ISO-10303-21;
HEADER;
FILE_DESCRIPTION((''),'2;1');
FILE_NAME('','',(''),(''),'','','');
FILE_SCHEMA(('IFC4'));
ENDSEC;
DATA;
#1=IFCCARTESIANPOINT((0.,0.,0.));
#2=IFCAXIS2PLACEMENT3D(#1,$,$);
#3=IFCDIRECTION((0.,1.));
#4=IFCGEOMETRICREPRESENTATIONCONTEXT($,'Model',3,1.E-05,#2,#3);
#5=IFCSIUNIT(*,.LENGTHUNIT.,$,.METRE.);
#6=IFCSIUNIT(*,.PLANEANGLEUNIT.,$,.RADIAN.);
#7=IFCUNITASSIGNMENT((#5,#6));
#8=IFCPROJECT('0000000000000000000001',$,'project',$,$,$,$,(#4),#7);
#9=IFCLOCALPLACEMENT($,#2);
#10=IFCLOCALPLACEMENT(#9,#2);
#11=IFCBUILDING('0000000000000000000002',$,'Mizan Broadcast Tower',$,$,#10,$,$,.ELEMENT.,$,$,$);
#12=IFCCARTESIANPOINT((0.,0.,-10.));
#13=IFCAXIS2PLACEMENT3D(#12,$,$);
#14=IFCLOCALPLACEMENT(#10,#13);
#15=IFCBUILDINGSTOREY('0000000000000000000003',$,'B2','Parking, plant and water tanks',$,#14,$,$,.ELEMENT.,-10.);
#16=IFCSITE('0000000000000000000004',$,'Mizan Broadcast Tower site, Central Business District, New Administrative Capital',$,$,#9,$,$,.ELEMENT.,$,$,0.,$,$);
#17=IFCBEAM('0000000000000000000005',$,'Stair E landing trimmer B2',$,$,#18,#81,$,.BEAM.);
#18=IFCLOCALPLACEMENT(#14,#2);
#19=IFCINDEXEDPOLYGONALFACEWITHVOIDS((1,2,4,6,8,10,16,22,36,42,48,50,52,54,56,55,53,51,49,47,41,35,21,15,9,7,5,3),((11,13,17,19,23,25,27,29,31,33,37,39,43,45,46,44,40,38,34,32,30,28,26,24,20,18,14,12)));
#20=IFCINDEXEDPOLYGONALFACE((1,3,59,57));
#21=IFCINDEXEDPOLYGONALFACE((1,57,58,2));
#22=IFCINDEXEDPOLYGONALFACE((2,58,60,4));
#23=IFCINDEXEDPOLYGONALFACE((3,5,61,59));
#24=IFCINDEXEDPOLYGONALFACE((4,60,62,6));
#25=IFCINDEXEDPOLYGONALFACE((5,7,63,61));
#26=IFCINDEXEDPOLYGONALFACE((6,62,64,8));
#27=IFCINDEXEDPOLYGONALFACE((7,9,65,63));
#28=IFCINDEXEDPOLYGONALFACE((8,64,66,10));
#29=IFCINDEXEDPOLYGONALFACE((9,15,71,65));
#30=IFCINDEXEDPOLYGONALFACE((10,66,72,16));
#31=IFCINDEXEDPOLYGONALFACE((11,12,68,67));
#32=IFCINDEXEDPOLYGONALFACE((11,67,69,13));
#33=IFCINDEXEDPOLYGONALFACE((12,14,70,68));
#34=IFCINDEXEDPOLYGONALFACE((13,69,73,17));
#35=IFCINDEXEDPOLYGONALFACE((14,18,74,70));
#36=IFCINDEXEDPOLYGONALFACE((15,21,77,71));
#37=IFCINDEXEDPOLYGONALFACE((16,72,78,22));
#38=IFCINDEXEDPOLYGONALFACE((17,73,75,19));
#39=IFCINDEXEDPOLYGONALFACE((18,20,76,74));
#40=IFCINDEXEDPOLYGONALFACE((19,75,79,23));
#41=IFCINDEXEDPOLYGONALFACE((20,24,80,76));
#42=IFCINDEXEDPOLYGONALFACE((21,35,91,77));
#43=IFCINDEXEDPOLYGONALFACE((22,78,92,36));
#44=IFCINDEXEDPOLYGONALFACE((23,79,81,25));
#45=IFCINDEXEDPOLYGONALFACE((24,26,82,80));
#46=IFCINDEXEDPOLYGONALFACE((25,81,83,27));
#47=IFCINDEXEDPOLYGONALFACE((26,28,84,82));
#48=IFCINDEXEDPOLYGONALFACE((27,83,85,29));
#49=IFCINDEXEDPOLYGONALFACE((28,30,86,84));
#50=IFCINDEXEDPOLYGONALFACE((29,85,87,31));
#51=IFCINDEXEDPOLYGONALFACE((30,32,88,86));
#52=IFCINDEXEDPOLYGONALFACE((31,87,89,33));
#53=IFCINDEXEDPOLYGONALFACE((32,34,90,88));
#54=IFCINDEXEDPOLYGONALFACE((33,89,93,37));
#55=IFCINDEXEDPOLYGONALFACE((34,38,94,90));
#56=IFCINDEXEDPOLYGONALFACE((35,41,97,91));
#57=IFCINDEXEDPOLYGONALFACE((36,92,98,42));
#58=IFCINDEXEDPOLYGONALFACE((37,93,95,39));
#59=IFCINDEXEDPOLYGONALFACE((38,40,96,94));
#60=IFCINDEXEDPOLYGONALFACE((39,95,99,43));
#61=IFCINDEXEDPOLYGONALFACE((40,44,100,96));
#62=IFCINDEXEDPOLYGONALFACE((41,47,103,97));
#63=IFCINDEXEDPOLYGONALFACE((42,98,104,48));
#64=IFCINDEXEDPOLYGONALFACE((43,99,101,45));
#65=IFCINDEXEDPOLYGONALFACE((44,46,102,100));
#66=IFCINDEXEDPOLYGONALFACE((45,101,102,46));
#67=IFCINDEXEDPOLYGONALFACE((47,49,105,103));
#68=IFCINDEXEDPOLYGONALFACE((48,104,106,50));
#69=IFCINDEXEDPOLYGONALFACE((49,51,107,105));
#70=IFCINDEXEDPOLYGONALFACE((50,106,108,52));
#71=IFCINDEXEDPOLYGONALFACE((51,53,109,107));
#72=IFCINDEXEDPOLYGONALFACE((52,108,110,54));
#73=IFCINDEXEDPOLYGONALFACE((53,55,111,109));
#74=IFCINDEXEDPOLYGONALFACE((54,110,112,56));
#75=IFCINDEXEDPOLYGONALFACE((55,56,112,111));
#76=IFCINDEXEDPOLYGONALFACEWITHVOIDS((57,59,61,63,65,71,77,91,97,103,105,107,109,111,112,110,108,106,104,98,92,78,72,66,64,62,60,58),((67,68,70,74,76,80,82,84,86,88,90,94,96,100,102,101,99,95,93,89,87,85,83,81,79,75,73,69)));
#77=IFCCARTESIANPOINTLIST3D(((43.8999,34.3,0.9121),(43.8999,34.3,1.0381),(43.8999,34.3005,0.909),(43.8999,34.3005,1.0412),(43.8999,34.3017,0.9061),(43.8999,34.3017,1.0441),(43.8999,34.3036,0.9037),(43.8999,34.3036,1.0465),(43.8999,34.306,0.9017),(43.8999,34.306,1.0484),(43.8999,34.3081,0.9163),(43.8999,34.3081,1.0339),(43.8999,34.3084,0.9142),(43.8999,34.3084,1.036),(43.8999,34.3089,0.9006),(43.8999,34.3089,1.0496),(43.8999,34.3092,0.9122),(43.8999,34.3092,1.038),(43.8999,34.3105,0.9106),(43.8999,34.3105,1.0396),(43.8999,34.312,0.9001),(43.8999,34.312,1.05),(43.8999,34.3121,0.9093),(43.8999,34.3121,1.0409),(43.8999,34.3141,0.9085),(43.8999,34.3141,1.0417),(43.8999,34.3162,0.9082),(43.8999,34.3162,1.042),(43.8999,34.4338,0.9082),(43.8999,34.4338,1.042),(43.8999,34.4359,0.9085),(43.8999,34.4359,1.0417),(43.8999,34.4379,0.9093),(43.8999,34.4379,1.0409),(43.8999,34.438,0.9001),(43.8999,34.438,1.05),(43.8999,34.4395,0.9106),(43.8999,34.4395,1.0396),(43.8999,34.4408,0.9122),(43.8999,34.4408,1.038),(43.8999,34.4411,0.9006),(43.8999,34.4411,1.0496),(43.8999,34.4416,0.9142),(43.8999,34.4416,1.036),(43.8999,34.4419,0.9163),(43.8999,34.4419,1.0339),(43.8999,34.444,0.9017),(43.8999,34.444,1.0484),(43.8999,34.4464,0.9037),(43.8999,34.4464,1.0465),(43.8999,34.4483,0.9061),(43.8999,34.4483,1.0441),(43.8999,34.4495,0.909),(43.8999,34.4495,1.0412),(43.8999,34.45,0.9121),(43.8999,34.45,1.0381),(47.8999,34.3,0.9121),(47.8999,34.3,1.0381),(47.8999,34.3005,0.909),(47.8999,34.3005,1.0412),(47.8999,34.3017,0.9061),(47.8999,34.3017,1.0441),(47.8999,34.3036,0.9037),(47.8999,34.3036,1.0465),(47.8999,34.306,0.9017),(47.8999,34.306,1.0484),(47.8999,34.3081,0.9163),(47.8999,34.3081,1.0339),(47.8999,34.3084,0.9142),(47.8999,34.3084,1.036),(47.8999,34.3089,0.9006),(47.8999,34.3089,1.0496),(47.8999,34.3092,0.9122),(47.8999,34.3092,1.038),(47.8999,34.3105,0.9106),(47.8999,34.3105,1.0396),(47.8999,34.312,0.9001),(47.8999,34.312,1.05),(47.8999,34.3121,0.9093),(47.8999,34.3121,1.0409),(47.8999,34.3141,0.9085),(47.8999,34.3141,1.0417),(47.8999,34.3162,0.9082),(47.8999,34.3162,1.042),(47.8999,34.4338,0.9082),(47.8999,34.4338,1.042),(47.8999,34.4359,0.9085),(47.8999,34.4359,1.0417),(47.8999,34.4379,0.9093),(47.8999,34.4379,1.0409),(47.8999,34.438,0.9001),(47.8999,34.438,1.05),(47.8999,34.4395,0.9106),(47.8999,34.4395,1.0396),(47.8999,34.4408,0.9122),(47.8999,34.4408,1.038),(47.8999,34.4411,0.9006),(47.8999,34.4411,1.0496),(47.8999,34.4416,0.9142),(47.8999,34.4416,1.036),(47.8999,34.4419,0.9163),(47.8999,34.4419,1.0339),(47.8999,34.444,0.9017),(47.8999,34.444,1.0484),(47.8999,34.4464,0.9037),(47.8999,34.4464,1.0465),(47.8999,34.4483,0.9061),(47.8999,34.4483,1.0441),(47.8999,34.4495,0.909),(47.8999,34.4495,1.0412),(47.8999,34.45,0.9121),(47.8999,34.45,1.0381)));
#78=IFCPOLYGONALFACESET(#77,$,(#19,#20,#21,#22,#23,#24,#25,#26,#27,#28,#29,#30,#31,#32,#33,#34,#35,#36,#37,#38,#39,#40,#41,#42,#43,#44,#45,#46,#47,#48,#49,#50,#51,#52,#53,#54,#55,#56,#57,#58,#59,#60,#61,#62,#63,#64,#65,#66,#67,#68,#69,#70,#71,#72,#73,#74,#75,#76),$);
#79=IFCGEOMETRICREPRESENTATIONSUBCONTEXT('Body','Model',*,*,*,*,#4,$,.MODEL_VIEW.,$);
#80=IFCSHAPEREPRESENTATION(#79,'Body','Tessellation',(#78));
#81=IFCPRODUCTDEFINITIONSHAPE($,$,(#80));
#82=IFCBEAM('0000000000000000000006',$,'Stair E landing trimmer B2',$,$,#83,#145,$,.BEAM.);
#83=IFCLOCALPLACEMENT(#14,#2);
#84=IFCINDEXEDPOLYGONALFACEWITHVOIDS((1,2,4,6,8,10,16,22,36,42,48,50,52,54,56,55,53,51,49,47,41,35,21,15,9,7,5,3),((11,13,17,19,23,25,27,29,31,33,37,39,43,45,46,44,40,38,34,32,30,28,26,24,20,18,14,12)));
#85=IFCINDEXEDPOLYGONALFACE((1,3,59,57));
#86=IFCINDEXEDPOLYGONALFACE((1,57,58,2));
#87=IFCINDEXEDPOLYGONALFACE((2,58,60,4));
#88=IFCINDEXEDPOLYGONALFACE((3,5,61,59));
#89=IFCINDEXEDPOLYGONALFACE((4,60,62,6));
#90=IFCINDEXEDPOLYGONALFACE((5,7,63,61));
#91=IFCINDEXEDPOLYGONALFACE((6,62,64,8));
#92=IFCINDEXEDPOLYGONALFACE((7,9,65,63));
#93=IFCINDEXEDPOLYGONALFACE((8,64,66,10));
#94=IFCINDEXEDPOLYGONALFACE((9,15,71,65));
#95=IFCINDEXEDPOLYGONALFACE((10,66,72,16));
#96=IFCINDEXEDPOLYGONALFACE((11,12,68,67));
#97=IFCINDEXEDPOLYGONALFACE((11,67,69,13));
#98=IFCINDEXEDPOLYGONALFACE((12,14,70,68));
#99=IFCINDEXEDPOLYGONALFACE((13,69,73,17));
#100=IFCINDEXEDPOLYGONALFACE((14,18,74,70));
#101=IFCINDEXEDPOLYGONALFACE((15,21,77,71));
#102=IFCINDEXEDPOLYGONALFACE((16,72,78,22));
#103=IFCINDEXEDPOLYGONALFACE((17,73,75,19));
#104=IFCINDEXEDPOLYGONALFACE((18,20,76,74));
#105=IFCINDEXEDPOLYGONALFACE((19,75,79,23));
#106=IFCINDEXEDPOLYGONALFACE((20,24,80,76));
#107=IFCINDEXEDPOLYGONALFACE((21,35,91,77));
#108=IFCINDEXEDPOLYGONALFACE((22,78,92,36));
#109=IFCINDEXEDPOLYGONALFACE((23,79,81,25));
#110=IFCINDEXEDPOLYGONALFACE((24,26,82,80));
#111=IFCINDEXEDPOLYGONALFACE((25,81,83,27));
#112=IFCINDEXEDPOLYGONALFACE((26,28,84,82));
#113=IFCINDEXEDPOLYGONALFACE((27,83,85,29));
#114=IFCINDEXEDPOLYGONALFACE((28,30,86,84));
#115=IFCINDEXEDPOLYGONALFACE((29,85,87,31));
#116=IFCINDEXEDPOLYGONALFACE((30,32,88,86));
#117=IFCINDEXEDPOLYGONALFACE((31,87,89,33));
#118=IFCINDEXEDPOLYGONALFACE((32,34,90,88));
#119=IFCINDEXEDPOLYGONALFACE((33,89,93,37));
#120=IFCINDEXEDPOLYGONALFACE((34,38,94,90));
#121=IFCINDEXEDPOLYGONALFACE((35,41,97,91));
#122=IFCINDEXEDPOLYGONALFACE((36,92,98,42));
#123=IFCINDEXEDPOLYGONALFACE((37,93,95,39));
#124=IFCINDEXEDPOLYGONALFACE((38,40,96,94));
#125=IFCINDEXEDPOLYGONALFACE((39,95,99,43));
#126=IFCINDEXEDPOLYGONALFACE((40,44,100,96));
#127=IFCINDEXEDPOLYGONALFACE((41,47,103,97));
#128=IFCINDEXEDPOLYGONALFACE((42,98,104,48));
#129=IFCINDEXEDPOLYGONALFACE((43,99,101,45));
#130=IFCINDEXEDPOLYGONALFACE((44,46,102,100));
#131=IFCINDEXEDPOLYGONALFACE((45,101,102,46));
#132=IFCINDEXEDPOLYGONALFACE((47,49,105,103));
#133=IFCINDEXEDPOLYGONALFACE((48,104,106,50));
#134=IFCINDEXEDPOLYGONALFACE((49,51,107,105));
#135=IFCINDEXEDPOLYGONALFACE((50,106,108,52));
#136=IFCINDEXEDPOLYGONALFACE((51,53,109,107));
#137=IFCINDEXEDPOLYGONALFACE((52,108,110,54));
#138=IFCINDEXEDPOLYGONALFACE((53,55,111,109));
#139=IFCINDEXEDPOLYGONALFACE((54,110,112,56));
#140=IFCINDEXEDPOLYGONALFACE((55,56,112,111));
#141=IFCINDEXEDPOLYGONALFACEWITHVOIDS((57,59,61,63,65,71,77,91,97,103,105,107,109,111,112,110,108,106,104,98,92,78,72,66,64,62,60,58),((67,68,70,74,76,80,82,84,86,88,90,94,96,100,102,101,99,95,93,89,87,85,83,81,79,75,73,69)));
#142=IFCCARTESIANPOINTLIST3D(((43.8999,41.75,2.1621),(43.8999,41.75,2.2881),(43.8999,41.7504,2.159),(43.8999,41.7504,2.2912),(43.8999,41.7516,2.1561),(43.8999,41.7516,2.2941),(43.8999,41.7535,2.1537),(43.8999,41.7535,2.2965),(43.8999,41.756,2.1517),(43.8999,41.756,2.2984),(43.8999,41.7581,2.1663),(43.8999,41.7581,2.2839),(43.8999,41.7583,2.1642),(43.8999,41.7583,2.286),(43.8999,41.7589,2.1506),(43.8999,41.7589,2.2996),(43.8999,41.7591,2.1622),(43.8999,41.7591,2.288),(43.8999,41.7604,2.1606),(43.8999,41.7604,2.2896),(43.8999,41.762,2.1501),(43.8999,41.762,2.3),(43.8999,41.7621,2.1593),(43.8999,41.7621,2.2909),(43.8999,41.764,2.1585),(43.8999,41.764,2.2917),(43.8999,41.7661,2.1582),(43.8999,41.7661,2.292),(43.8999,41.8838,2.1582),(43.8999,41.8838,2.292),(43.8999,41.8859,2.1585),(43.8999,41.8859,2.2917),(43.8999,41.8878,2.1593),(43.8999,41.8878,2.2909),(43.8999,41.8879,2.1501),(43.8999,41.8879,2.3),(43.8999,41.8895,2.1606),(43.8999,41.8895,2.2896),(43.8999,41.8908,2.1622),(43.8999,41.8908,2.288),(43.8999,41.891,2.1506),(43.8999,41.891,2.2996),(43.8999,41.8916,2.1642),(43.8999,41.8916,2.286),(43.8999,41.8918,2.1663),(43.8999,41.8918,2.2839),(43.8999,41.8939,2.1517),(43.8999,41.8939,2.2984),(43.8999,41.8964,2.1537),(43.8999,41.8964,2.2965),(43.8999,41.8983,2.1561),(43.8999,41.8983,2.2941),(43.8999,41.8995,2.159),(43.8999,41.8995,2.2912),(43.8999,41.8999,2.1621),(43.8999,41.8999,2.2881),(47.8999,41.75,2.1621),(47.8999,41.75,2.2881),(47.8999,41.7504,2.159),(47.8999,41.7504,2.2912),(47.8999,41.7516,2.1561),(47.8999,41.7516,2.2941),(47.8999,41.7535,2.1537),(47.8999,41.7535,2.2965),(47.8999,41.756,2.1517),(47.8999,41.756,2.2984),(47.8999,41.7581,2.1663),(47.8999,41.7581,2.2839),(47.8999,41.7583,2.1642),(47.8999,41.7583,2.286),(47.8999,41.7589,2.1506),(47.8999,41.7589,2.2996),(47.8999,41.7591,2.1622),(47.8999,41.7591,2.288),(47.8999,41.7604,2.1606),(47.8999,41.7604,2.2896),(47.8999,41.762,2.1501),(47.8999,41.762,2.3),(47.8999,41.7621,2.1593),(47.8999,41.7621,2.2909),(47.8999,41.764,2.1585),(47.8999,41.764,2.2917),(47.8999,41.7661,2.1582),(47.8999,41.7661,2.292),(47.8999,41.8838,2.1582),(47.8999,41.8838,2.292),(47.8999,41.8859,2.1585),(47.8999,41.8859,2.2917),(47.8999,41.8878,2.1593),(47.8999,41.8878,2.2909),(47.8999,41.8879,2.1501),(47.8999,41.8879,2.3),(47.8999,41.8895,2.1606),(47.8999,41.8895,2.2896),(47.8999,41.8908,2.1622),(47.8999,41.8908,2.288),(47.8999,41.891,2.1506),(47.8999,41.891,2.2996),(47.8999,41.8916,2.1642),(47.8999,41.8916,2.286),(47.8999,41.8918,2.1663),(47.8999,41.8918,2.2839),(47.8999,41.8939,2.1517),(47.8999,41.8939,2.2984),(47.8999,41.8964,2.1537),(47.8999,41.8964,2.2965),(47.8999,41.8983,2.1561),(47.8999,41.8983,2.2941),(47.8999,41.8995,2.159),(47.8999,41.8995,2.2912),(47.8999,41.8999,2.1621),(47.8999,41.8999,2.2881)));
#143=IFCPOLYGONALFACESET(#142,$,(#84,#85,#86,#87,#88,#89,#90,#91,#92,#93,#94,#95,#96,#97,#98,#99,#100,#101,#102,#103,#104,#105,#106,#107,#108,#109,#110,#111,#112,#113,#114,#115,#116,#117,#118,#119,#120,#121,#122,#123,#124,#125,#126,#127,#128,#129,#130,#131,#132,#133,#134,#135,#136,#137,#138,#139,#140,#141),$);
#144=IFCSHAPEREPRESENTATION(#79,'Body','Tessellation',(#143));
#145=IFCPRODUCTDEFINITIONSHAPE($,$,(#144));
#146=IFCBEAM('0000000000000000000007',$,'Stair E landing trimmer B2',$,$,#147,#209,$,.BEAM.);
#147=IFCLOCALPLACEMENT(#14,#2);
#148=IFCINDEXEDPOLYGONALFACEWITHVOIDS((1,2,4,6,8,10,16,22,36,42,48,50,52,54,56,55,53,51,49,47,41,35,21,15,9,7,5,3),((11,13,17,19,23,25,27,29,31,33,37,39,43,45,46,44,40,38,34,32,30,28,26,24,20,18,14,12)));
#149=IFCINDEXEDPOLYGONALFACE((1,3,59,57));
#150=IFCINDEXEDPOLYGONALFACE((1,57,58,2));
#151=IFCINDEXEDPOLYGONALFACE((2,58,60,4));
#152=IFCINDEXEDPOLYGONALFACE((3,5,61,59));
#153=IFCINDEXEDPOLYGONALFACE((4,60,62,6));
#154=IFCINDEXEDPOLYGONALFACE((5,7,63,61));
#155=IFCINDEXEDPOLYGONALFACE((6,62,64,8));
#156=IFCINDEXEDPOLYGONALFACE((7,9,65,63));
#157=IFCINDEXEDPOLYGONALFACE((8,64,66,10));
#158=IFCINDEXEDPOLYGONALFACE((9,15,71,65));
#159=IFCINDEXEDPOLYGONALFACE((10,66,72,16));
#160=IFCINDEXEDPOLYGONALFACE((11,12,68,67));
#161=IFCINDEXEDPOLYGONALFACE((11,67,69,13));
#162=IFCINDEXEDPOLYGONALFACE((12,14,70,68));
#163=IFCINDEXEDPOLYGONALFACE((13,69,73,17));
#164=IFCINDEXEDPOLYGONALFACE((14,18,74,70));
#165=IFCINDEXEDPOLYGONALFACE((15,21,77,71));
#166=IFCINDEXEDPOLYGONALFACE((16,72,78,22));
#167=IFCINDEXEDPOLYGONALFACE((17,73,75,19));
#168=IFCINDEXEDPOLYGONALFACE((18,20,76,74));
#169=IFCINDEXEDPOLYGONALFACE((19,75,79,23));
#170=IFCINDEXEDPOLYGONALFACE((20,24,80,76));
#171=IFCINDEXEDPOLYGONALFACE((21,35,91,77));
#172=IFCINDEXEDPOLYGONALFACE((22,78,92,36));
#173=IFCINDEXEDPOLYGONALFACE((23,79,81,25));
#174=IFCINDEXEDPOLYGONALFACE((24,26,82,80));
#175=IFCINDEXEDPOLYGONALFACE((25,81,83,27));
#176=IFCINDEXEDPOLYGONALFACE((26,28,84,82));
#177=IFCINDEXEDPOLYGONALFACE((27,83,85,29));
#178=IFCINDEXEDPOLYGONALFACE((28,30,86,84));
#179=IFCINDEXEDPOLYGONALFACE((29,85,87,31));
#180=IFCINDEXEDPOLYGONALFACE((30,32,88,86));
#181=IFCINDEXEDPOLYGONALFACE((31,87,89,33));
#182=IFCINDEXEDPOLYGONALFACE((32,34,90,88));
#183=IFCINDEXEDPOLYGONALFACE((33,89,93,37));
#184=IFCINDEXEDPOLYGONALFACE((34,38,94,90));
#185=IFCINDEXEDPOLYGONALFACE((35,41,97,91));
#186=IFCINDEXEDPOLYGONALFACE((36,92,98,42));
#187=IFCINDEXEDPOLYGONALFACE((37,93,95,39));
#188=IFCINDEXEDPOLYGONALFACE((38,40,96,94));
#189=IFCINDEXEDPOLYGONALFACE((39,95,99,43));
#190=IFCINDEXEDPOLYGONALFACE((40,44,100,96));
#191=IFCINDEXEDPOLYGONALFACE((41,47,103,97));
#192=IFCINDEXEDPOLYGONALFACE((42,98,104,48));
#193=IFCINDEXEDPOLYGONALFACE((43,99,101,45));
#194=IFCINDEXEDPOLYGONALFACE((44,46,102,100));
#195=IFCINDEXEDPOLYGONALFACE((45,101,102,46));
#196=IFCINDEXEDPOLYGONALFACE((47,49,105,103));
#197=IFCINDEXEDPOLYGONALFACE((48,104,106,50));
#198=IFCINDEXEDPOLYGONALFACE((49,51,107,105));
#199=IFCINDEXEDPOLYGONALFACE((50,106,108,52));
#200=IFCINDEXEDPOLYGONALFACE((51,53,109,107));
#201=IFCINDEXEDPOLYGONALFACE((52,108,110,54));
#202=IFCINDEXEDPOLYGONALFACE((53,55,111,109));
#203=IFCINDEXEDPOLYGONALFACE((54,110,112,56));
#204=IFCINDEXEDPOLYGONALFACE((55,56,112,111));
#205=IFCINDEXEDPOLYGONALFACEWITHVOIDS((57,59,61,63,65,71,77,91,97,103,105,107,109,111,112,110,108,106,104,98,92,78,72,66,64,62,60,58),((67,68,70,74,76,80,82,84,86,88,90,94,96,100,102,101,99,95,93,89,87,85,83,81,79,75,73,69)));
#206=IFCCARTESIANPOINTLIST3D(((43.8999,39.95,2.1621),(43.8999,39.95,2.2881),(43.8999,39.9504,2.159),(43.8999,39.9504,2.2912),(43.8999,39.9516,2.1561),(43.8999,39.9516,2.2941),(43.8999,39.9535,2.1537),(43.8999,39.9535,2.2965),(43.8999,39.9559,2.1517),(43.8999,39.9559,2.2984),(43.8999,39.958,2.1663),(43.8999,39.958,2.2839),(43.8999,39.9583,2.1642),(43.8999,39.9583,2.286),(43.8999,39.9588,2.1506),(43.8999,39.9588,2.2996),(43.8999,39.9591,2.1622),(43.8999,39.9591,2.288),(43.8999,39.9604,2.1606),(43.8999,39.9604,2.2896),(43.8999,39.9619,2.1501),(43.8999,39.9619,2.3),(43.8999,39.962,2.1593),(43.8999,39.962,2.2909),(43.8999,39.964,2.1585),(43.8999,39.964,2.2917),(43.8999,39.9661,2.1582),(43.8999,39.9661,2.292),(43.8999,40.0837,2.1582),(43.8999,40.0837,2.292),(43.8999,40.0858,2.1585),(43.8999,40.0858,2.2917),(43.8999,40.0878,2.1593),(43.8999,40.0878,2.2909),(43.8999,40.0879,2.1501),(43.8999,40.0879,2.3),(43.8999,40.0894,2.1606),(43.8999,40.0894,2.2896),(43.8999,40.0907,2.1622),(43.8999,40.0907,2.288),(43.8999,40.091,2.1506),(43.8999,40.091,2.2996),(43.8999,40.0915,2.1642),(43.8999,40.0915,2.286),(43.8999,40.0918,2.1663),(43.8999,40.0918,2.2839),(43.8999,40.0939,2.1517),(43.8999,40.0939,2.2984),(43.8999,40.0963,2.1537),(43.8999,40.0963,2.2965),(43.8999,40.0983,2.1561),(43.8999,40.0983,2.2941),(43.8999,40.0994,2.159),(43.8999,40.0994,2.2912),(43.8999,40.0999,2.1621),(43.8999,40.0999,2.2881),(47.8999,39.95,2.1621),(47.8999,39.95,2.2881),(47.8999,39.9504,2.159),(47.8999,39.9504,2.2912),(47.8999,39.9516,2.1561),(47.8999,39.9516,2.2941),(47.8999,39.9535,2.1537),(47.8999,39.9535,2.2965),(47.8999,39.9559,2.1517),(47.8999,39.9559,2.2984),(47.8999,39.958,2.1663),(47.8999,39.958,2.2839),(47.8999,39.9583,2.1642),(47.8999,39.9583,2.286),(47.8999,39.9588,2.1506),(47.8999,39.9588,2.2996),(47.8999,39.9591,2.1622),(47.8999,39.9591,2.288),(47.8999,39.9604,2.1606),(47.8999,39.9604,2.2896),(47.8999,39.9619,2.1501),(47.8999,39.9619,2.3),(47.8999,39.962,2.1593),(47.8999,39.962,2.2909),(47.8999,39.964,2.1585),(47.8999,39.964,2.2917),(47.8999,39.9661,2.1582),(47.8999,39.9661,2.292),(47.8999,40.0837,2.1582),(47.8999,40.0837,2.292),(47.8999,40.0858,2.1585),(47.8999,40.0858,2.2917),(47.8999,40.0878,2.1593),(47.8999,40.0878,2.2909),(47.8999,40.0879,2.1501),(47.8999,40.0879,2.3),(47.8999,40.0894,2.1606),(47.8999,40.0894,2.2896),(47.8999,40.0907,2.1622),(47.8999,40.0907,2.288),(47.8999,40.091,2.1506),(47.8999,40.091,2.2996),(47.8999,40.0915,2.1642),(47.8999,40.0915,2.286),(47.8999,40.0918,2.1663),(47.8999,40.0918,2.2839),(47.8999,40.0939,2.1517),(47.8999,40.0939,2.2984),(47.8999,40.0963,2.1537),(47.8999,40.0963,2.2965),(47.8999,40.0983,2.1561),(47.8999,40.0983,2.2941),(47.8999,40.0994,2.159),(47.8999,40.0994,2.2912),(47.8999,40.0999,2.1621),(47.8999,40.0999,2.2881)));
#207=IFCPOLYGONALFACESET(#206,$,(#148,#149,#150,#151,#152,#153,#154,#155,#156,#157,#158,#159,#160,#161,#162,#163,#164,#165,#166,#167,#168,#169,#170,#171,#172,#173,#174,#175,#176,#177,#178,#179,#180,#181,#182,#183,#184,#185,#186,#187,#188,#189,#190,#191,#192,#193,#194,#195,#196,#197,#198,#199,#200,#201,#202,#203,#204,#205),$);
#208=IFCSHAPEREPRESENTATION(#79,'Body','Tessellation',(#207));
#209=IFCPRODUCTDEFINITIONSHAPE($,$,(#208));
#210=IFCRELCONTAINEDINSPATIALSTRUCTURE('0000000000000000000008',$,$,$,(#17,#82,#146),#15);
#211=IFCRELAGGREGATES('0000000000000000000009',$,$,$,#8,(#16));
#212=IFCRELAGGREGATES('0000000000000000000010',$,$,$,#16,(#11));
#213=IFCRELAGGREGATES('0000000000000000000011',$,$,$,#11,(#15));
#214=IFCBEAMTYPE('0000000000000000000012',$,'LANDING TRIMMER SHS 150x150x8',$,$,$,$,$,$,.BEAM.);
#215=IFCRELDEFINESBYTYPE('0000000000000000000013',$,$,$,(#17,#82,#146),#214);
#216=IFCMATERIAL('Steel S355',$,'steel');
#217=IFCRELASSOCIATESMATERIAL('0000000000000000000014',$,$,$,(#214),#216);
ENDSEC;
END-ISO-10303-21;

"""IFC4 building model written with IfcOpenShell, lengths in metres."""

from ifc_helpers import new_model, si_unit, direction, frame, origin, origin_2d, place, context, subcontext, project, spatial, hollow_rectangle, extrude, material, material_profile, profile_set, type_object, element, save


model = new_model("IFC4")

# Units and contexts
model_context = context("Model", 3, precision=1e-05, world=origin(), true_north=direction((0.0, 1.0)))
body_context = subcontext(model_context, "Body", "Model", "MODEL_VIEW")
ifc_project = project(units=[si_unit("LENGTHUNIT", "METRE"), si_unit("PLANEANGLEUNIT", "RADIAN")], contexts=[model_context])

# Site, building, storey
site_placement = place(None, origin())
site = spatial("IfcSite", under=ifc_project, at=site_placement, Name="Mizan Broadcast Tower site, Central Business District, New Administrative Capital", CompositionType="ELEMENT", RefElevation=0.0)
building_placement = place(site_placement, origin())
building = spatial("IfcBuilding", under=site, at=building_placement, Name="Mizan Broadcast Tower", CompositionType="ELEMENT")
storey_placement = place(building_placement, frame((0.0, 0.0, -10.0)))
storey = spatial("IfcBuildingStorey", under=building, at=storey_placement, Name="B2", Description="Parking, plant and water tanks", CompositionType="ELEMENT", Elevation=-10.0)

# Beams
ifc_material_1 = material(Name="Steel S355", Category="steel")
ifc_material_profile_1 = material_profile(ifc_material_1, hollow_rectangle(XDim=0.1499, YDim=0.1499, WallThickness=0.0081, InnerFilletRadius=0.0081, OuterFilletRadius=0.012, at=origin_2d()), Name="SHS 150x150x8")
ifc_profile_set_1 = profile_set([ifc_material_profile_1], Name="Steel S355")
beam_type = type_object("IfcBeamType", Name="LANDING TRIMMER SHS 150x150x8", PredefinedType="BEAM", material=ifc_profile_set_1)
for number, where, z_axis, x_axis, name in (
    (1, (43.8999, 34.375, 0.9751), (1.0, 0.0, 0.0), (0.0, 1.0, 0.0), "Stair E landing trimmer B2"),
    (2, (43.8999, 41.825, 2.2251), (1.0, 0.0, 0.0), (0.0, 1.0, 0.0), "Stair E landing trimmer B2"),
    (3, (43.8999, 40.0249, 2.2251), (1.0, 0.0, 0.0), (0.0, 1.0, 0.0), "Stair E landing trimmer B2"),
):
    element("IfcBeam", number, at=place(storey_placement, frame(where, z_axis=z_axis, x_axis=x_axis)), inside=storey, type_object=beam_type, Name=name, PredefinedType="BEAM", context=body_context, shape_type="SweptSolid", body=[
        extrude(hollow_rectangle(XDim=0.1499, YDim=0.1499, WallThickness=0.0081, InnerFilletRadius=0.0081, OuterFilletRadius=0.012, at=origin_2d()), origin(), (0.0, 0.0, 1.0), 4.0),
    ])

save(model, "model.ifc")
